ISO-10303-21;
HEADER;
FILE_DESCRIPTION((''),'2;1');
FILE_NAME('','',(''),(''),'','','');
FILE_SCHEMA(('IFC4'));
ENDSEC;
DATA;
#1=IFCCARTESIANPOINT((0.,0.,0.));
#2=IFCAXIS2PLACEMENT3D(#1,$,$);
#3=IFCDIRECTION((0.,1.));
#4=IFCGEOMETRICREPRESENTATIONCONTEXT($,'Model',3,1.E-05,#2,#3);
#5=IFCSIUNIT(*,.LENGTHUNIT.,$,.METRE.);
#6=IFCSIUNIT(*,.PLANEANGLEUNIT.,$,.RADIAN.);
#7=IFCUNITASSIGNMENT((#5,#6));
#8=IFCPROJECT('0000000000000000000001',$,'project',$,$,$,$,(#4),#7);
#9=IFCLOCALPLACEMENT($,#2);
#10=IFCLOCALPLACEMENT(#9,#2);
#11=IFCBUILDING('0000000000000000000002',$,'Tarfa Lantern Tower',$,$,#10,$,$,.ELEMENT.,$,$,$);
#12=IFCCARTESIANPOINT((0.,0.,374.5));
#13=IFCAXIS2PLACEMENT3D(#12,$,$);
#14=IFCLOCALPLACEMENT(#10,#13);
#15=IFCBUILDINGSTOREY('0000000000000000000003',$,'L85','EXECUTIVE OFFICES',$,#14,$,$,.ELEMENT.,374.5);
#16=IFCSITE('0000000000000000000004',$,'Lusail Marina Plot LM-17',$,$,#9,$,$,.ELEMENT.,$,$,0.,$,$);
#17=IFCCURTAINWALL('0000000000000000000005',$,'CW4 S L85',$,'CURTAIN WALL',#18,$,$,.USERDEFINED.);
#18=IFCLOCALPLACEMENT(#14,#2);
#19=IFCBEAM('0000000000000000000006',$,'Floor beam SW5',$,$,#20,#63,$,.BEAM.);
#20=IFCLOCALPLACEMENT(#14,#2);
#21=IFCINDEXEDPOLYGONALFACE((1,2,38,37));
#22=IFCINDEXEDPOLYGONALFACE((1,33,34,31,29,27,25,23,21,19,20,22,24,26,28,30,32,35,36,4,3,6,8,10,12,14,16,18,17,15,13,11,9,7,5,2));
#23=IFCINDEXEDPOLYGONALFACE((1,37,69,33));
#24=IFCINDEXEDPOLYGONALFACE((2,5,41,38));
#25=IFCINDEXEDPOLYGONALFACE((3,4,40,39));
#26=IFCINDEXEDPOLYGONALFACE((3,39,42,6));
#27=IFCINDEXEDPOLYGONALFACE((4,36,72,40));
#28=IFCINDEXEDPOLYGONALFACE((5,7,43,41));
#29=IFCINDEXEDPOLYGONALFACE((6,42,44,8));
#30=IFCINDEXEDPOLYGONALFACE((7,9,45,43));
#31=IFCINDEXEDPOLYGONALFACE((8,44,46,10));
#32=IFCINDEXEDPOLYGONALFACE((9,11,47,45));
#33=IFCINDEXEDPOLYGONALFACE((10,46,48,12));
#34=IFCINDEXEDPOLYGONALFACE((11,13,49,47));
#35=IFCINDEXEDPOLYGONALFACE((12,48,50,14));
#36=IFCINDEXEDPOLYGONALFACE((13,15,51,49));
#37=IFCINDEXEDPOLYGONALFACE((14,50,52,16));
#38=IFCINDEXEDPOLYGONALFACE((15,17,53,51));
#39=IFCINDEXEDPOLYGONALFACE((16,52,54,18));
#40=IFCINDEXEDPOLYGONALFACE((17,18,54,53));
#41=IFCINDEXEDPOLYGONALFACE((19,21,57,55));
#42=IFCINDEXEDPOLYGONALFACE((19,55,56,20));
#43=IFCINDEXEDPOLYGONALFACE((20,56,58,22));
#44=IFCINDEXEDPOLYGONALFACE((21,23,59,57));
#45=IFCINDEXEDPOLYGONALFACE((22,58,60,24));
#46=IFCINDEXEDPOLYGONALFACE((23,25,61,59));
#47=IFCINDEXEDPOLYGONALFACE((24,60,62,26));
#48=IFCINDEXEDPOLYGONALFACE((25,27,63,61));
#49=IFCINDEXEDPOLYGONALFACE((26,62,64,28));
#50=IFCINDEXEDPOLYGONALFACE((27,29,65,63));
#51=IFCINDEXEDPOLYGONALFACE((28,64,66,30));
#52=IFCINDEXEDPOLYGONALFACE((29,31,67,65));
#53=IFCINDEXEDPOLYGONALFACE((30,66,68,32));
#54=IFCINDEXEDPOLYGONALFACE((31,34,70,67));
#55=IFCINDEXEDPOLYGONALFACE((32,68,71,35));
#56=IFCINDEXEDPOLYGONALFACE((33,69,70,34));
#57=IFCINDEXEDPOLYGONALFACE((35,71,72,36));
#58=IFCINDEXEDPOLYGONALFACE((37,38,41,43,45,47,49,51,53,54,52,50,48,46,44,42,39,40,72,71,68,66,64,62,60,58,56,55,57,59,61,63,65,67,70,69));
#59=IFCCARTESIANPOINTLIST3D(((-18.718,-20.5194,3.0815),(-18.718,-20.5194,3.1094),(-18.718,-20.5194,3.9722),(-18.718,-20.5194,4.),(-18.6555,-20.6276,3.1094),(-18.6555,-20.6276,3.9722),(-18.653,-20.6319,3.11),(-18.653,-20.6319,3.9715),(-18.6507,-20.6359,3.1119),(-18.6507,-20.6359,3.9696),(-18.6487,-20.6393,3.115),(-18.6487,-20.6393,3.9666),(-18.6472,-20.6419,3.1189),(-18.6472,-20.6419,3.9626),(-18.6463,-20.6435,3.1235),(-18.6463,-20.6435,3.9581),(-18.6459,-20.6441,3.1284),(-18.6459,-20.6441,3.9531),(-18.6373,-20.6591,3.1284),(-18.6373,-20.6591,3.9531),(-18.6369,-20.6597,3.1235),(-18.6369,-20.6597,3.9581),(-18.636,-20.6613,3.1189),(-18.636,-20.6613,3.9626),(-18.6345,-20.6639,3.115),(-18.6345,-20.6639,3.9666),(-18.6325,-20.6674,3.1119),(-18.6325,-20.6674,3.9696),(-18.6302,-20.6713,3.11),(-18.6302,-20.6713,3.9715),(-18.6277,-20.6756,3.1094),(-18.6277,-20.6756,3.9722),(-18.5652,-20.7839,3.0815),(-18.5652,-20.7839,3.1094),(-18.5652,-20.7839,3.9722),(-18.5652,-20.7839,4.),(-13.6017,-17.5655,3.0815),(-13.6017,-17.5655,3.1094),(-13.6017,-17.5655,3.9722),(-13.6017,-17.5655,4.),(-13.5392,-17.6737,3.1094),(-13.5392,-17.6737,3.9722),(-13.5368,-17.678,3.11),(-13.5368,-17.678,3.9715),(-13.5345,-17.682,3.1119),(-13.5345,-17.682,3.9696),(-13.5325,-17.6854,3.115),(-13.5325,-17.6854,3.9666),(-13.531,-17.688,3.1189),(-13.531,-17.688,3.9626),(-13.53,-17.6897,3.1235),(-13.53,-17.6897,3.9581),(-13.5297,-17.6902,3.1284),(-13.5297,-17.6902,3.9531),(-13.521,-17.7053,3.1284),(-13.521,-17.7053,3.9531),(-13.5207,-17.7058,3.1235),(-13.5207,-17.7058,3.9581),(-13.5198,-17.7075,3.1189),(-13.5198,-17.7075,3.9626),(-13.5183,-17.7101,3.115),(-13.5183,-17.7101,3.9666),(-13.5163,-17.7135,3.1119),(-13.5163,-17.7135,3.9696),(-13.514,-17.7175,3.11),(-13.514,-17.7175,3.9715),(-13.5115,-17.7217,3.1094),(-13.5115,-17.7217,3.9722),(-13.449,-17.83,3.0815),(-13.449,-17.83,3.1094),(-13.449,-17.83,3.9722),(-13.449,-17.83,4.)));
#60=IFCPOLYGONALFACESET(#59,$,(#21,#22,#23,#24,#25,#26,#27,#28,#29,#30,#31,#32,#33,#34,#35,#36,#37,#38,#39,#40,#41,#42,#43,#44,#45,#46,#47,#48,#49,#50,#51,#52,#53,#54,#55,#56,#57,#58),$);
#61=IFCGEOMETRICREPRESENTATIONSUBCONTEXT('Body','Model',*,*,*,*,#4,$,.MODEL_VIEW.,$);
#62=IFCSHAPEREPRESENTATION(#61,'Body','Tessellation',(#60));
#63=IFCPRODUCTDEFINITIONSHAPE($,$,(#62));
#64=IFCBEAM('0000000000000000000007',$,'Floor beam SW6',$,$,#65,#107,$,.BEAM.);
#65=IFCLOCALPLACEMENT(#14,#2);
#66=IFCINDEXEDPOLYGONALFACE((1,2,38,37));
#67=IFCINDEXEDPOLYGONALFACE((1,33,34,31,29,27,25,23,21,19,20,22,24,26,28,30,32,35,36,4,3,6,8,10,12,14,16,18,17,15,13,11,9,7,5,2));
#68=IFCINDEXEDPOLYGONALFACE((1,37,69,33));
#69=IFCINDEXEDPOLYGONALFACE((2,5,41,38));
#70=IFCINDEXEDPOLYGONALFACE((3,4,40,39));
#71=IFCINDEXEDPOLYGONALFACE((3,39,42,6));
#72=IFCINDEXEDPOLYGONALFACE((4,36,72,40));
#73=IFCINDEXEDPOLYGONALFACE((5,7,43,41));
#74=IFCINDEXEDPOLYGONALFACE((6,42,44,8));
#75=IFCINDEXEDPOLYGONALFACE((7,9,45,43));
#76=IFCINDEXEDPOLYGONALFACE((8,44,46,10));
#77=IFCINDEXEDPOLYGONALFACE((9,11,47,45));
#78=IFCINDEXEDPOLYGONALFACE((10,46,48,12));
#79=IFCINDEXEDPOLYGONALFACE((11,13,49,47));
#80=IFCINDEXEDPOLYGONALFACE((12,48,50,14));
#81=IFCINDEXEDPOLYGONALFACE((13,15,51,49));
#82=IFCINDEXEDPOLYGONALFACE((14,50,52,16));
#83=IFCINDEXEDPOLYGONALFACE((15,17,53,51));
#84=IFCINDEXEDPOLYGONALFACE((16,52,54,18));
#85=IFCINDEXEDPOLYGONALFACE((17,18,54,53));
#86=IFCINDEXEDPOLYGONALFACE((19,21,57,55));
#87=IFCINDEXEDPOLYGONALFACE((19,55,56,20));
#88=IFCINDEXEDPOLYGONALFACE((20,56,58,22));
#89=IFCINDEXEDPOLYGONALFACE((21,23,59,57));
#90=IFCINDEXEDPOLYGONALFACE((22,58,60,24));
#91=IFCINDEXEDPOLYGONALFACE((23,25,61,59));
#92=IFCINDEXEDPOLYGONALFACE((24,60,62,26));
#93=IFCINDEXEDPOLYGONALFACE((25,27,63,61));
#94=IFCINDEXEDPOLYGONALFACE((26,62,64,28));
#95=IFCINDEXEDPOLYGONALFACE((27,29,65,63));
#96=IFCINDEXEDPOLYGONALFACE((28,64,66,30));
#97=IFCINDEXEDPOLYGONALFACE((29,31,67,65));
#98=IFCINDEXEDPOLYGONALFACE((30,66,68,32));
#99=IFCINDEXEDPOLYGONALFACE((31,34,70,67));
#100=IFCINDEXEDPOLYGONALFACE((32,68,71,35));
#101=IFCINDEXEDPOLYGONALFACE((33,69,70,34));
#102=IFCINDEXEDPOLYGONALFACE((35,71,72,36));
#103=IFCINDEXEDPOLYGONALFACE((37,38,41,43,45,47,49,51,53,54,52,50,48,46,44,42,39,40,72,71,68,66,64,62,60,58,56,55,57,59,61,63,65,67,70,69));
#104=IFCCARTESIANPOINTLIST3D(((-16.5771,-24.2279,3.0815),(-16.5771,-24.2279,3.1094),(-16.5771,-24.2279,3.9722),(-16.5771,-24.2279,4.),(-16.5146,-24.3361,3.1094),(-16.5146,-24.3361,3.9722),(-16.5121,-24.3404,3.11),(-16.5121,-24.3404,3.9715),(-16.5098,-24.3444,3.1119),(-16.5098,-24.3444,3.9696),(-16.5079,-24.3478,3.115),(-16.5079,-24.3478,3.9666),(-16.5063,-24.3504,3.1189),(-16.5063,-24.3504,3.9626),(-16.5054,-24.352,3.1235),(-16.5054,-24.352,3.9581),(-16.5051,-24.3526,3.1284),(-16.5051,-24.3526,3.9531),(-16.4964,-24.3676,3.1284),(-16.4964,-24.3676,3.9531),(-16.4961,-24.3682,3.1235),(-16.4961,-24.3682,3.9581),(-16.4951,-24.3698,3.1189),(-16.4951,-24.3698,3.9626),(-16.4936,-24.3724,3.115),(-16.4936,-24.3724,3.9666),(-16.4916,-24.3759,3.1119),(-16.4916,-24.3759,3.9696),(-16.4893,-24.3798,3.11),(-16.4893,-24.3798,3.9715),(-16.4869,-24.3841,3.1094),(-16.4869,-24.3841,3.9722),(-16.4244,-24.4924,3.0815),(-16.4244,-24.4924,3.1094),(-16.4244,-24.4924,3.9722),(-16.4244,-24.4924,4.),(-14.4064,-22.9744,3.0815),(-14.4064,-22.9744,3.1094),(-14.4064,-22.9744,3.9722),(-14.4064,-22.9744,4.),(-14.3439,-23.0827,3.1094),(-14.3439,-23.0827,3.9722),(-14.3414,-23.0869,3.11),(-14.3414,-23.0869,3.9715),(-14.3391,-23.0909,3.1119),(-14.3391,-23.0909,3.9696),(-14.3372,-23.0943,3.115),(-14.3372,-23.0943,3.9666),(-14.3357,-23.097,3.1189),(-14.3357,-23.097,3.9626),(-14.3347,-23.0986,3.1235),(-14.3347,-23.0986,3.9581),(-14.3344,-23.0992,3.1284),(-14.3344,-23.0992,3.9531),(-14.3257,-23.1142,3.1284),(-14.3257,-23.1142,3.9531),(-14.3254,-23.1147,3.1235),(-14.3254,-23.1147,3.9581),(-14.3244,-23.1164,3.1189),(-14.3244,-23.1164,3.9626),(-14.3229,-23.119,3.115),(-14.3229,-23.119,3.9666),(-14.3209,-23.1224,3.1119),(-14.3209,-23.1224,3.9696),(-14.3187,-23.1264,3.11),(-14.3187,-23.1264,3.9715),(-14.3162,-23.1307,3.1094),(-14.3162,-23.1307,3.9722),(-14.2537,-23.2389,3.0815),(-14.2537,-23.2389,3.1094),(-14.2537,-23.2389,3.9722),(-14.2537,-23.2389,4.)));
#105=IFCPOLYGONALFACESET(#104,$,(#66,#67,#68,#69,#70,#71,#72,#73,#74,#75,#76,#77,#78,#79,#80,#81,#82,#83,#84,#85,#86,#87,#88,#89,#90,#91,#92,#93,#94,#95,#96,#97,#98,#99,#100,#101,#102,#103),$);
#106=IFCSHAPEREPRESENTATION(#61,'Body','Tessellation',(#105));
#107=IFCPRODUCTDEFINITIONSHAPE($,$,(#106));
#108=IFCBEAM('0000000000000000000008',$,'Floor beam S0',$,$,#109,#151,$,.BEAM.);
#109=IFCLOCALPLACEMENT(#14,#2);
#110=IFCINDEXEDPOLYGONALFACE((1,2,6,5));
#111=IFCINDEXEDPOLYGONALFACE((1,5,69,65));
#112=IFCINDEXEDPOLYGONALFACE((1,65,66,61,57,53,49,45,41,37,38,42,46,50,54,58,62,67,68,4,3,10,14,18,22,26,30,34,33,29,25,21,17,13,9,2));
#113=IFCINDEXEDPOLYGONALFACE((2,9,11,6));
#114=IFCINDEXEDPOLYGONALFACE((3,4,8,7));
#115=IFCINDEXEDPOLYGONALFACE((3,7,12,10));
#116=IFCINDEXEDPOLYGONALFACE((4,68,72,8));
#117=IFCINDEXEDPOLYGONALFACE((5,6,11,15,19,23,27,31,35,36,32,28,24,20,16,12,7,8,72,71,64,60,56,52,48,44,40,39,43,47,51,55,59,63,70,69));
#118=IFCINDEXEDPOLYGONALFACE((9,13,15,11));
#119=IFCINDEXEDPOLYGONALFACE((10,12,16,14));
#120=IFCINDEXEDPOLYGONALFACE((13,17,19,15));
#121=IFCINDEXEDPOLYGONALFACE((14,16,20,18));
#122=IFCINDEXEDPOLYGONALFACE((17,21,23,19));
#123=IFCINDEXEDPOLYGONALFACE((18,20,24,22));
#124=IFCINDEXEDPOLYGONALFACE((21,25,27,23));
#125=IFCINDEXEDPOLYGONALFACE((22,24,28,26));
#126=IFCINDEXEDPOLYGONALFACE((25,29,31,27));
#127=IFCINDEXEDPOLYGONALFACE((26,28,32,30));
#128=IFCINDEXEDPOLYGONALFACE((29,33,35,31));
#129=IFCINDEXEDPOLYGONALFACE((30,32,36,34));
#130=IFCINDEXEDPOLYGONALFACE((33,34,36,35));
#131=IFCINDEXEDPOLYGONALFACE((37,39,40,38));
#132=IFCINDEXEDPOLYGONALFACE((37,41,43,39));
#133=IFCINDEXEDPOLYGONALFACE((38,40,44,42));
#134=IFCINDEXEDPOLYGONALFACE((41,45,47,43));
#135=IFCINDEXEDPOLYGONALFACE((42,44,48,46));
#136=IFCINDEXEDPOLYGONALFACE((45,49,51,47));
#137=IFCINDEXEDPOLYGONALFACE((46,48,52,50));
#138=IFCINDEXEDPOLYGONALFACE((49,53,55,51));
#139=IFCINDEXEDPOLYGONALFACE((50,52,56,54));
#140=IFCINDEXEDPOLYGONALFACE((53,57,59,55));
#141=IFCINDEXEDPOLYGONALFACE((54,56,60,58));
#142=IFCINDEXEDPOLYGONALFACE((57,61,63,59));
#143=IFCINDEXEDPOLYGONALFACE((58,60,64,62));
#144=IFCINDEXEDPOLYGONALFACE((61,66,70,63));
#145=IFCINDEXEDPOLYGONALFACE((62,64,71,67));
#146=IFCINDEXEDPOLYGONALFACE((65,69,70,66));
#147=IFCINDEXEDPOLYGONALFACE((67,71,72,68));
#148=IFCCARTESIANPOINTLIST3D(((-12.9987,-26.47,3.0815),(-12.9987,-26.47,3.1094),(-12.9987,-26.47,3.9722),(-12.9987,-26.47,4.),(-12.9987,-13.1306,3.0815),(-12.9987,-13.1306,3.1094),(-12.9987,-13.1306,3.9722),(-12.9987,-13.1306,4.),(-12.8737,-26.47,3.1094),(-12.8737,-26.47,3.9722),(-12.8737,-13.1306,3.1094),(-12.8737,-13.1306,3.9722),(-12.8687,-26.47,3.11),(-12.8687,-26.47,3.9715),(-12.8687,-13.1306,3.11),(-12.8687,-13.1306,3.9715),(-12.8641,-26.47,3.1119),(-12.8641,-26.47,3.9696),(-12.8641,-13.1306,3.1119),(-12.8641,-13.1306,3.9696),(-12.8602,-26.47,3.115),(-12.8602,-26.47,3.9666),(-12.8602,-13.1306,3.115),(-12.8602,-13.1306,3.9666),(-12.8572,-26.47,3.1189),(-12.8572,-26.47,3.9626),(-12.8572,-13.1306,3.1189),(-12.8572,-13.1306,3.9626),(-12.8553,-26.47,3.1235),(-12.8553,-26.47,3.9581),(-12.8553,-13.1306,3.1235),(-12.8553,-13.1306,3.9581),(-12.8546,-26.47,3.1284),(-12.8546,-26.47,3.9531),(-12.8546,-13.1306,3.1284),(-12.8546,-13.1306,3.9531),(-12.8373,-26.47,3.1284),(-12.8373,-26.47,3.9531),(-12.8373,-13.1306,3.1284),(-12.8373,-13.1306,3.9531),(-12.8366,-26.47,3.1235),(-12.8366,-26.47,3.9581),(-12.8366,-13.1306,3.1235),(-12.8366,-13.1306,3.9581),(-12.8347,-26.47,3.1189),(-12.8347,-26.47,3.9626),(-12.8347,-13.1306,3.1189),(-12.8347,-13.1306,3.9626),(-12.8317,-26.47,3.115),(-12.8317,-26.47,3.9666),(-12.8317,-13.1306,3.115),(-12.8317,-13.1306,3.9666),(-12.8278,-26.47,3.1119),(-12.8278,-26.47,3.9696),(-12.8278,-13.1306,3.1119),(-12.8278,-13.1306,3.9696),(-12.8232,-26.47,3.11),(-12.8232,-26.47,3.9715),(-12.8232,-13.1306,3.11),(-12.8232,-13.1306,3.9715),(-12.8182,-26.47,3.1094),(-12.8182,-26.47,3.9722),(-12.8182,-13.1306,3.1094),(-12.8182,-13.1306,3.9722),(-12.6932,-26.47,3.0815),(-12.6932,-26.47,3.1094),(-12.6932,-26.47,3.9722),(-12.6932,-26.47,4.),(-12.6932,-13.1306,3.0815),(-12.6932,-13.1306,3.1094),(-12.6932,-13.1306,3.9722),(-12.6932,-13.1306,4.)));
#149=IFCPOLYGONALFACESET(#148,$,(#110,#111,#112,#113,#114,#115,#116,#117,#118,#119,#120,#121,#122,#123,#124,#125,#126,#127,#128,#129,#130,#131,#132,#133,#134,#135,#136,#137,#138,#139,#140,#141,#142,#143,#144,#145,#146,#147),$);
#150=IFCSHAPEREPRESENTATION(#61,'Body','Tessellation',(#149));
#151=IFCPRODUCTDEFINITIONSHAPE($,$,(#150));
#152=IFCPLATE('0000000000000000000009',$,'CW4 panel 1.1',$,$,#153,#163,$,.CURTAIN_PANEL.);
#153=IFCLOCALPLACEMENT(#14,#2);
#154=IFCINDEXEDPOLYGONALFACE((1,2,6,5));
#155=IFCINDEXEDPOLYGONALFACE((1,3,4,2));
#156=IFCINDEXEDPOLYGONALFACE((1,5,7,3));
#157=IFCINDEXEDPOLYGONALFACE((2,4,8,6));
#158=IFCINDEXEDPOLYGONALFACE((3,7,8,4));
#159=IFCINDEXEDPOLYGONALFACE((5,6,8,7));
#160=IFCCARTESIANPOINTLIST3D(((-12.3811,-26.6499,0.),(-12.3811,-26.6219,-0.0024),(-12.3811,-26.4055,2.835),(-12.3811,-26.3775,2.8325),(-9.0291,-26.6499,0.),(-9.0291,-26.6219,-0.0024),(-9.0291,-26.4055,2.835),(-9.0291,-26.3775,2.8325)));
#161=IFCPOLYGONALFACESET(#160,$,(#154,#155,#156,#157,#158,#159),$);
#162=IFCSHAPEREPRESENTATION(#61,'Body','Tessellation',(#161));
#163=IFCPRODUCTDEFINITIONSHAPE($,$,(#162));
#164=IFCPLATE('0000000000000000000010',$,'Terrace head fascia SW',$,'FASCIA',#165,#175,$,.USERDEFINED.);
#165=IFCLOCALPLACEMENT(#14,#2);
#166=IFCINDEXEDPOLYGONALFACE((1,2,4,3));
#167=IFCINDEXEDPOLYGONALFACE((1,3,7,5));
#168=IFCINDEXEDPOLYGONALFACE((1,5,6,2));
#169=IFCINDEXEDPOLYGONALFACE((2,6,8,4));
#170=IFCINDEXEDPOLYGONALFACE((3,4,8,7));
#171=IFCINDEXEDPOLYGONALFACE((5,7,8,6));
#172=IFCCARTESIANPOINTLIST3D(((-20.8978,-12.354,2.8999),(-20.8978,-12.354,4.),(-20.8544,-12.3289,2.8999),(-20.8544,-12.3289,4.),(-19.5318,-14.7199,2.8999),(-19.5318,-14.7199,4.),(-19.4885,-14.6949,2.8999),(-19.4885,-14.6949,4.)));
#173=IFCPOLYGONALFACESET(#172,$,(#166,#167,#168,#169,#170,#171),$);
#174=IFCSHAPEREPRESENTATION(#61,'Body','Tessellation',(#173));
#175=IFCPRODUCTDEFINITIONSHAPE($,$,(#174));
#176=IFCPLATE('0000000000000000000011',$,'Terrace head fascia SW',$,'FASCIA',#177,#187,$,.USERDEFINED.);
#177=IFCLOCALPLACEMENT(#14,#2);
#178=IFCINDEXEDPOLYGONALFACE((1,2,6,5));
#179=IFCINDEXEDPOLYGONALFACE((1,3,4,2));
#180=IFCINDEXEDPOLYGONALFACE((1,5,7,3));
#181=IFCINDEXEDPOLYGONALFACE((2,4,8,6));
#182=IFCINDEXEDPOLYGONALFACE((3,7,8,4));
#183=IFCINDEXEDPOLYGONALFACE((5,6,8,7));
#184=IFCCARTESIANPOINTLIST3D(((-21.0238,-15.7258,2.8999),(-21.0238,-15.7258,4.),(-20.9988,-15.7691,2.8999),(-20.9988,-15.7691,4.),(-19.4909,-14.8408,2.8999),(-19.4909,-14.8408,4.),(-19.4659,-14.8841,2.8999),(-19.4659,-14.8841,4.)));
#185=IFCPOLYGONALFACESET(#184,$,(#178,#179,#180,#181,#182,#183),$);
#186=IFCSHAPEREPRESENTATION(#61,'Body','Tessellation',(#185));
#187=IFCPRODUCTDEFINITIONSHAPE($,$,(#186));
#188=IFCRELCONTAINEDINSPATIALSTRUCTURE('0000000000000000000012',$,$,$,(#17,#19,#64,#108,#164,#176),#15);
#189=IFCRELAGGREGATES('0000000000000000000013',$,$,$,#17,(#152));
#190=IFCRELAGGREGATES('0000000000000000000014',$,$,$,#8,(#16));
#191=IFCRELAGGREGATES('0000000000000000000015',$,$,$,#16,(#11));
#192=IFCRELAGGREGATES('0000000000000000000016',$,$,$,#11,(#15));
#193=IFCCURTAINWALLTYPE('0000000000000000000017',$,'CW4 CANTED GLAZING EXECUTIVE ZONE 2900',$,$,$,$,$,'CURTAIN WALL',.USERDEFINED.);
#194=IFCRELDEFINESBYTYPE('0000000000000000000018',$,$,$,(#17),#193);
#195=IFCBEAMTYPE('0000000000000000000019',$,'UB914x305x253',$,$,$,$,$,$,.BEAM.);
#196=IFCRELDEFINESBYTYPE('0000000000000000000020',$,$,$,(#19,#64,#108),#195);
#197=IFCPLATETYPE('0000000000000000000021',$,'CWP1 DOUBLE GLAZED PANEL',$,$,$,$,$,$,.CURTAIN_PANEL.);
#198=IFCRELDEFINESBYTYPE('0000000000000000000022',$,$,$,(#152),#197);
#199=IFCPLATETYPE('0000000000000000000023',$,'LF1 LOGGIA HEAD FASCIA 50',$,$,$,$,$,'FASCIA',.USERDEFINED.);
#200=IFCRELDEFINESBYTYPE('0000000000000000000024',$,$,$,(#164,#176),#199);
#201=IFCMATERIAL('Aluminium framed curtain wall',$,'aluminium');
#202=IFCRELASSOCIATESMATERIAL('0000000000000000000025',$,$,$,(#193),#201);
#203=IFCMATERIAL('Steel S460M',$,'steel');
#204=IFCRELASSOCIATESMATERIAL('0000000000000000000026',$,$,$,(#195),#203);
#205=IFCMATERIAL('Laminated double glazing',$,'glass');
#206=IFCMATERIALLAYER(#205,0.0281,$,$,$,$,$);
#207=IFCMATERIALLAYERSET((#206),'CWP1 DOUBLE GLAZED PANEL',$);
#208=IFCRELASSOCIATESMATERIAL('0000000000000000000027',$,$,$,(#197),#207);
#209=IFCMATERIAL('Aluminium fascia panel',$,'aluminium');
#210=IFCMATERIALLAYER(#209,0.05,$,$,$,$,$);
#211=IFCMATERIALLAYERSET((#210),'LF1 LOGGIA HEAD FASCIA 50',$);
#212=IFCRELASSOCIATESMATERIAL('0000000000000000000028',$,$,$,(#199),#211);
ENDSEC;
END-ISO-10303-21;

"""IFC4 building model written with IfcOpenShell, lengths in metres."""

from ifc_helpers import new_model, si_unit, direction, frame, origin, origin_2d, place, context, subcontext, project, spatial, polyline, rectangle, i_section, outline, extrude, material, layer, layer_set, material_profile, profile_set, type_object, element, aggregate, save


model = new_model("IFC4")

# Units and contexts
model_context = context("Model", 3, precision=1e-05, world=origin(), true_north=direction((0.0, 1.0)))
body_context = subcontext(model_context, "Body", "Model", "MODEL_VIEW")
ifc_project = project(units=[si_unit("LENGTHUNIT", "METRE"), si_unit("PLANEANGLEUNIT", "RADIAN")], contexts=[model_context])

# Site, building, storey
site_placement = place(None, origin())
site = spatial("IfcSite", under=ifc_project, at=site_placement, Name="Lusail Marina Plot LM-17", CompositionType="ELEMENT", RefElevation=0.0)
building_placement = place(site_placement, origin())
building = spatial("IfcBuilding", under=site, at=building_placement, Name="Tarfa Lantern Tower", CompositionType="ELEMENT")
storey_placement = place(building_placement, frame((0.0, 0.0, 374.5)))
storey = spatial("IfcBuildingStorey", under=building, at=storey_placement, Name="L85", Description="EXECUTIVE OFFICES", CompositionType="ELEMENT", Elevation=374.5)

# Curtain wall
ifc_material_1 = material(Name="Aluminium framed curtain wall", Category="aluminium")
curtain_wall_type = type_object("IfcCurtainWallType", Name="CW4 CANTED GLAZING EXECUTIVE ZONE 2900", ElementType="CURTAIN WALL", PredefinedType="USERDEFINED", material=ifc_material_1)
curtain_wall_placement = place(storey_placement, origin())
curtain_wall = element("IfcCurtainWall", 1, at=curtain_wall_placement, inside=storey, type_object=curtain_wall_type, Name="CW4 S L85", ObjectType="CURTAIN WALL", PredefinedType="USERDEFINED")

# Beams
ifc_material_2 = material(Name="Steel S460M", Category="steel")
ifc_material_profile_1 = material_profile(ifc_material_2, i_section(OverallWidth=0.3054, OverallDepth=0.9185, WebThickness=0.0173, FlangeThickness=0.0278, FilletRadius=0.019, at=origin_2d()), Name="UB914x305x253")
ifc_profile_set_1 = profile_set([ifc_material_profile_1], Name="Steel S460M")
beam_type_1 = type_object("IfcBeamType", Name="UB914x305x253", PredefinedType="BEAM", material=ifc_profile_set_1)
beam_1_placement = place(storey_placement, frame((-18.6416, -20.6516, 3.5408), z_axis=(0.866025, 0.500001, 0.0), x_axis=(-0.500001, 0.866025, 0.0)))
element("IfcBeam", 2, at=beam_1_placement, inside=storey, type_object=beam_type_1, Name="Floor beam SW5", PredefinedType="BEAM", context=body_context, shape_type="SweptSolid", body=[
    extrude(i_section(OverallWidth=0.3054, OverallDepth=0.9185, WebThickness=0.0173, FlangeThickness=0.0278, FilletRadius=0.019, at=origin_2d()), origin(), (0.0, 0.0, 1.0), 5.9077),
])
beam_2_placement = place(storey_placement, frame((-16.5007, -24.3601, 3.5408), z_axis=(0.865993, 0.500057, 0.0), x_axis=(-0.500057, 0.865993, 0.0)))
element("IfcBeam", 3, at=beam_2_placement, inside=storey, type_object=beam_type_1, Name="Floor beam SW6", PredefinedType="BEAM", context=body_context, shape_type="SweptSolid", body=[
    extrude(i_section(OverallWidth=0.3054, OverallDepth=0.9185, WebThickness=0.0173, FlangeThickness=0.0278, FilletRadius=0.019, at=origin_2d()), origin(), (0.0, 0.0, 1.0), 2.5066),
])
beam_3_placement = place(storey_placement, frame((-12.8459, -26.47, 3.5408), z_axis=(0.0, 1.0, 0.0), x_axis=(-1.0, 0.0, 0.0)))
element("IfcBeam", 4, at=beam_3_placement, inside=storey, type_object=beam_type_1, Name="Floor beam S0", PredefinedType="BEAM", context=body_context, shape_type="SweptSolid", body=[
    extrude(i_section(OverallWidth=0.3054, OverallDepth=0.9185, WebThickness=0.0173, FlangeThickness=0.0278, FilletRadius=0.019, at=origin_2d()), origin(), (0.0, 0.0, 1.0), 13.3394),
])

# Plate
ifc_material_3 = material(Name="Laminated double glazing", Category="glass")
ifc_layer_1 = layer(ifc_material_3, 0.0281)
ifc_layer_set_1 = layer_set([ifc_layer_1], Name="CWP1 DOUBLE GLAZED PANEL")
plate_type_1 = type_object("IfcPlateType", Name="CWP1 DOUBLE GLAZED PANEL", PredefinedType="CURTAIN_PANEL", material=ifc_layer_set_1)
plate_1_placement = place(storey_placement, frame((-12.3811, -26.6499, 0.0), z_axis=(0.0, -0.996305, 0.085885), x_axis=(1.0, 0.0, 0.0)))
plate_1 = element("IfcPlate", 5, at=plate_1_placement, type_object=plate_type_1, Name="CW4 panel 1.1", PredefinedType="CURTAIN_PANEL", context=body_context, shape_type="SweptSolid", body=[
    extrude(outline(polyline([(0.0, 0.0), (3.3521, 0.0), (3.3521, 2.8455), (0.0, 2.8455), (0.0, 0.0)])), origin(), (0.0, 0.0, -1.0), 0.0281),
])
aggregate(curtain_wall, [plate_1])

# Plates
ifc_material_4 = material(Name="Aluminium fascia panel", Category="aluminium")
ifc_layer_2 = layer(ifc_material_4, 0.05)
ifc_layer_set_2 = layer_set([ifc_layer_2], Name="LF1 LOGGIA HEAD FASCIA 50")
plate_type_2 = type_object("IfcPlateType", Name="LF1 LOGGIA HEAD FASCIA 50", ElementType="FASCIA", PredefinedType="USERDEFINED", material=ifc_layer_set_2)
plate_2_placement = place(storey_placement, frame((-20.1931, -13.5244, 2.8999), z_axis=(0.0, 0.0, 1.0), x_axis=(0.5, -0.866025, 0.0)))
element("IfcPlate", 6, at=plate_2_placement, inside=storey, type_object=plate_type_2, Name="Terrace head fascia SW", ObjectType="FASCIA", PredefinedType="USERDEFINED", context=body_context, shape_type="SweptSolid", body=[
    extrude(rectangle(XDim=2.7319, YDim=0.05, at=origin_2d()), origin(), (0.0, 0.0, 1.0), 1.1001),
])
plate_3_placement = place(storey_placement, frame((-20.2449, -15.3049, 2.8999), z_axis=(0.0, 0.0, 1.0), x_axis=(0.866025, 0.5, 0.0)))
element("IfcPlate", 7, at=plate_3_placement, inside=storey, type_object=plate_type_2, Name="Terrace head fascia SW", ObjectType="FASCIA", PredefinedType="USERDEFINED", context=body_context, shape_type="SweptSolid", body=[
    extrude(rectangle(XDim=1.77, YDim=0.05, at=origin_2d()), origin(), (0.0, 0.0, 1.0), 1.1001),
])

save(model, "model.ifc")
